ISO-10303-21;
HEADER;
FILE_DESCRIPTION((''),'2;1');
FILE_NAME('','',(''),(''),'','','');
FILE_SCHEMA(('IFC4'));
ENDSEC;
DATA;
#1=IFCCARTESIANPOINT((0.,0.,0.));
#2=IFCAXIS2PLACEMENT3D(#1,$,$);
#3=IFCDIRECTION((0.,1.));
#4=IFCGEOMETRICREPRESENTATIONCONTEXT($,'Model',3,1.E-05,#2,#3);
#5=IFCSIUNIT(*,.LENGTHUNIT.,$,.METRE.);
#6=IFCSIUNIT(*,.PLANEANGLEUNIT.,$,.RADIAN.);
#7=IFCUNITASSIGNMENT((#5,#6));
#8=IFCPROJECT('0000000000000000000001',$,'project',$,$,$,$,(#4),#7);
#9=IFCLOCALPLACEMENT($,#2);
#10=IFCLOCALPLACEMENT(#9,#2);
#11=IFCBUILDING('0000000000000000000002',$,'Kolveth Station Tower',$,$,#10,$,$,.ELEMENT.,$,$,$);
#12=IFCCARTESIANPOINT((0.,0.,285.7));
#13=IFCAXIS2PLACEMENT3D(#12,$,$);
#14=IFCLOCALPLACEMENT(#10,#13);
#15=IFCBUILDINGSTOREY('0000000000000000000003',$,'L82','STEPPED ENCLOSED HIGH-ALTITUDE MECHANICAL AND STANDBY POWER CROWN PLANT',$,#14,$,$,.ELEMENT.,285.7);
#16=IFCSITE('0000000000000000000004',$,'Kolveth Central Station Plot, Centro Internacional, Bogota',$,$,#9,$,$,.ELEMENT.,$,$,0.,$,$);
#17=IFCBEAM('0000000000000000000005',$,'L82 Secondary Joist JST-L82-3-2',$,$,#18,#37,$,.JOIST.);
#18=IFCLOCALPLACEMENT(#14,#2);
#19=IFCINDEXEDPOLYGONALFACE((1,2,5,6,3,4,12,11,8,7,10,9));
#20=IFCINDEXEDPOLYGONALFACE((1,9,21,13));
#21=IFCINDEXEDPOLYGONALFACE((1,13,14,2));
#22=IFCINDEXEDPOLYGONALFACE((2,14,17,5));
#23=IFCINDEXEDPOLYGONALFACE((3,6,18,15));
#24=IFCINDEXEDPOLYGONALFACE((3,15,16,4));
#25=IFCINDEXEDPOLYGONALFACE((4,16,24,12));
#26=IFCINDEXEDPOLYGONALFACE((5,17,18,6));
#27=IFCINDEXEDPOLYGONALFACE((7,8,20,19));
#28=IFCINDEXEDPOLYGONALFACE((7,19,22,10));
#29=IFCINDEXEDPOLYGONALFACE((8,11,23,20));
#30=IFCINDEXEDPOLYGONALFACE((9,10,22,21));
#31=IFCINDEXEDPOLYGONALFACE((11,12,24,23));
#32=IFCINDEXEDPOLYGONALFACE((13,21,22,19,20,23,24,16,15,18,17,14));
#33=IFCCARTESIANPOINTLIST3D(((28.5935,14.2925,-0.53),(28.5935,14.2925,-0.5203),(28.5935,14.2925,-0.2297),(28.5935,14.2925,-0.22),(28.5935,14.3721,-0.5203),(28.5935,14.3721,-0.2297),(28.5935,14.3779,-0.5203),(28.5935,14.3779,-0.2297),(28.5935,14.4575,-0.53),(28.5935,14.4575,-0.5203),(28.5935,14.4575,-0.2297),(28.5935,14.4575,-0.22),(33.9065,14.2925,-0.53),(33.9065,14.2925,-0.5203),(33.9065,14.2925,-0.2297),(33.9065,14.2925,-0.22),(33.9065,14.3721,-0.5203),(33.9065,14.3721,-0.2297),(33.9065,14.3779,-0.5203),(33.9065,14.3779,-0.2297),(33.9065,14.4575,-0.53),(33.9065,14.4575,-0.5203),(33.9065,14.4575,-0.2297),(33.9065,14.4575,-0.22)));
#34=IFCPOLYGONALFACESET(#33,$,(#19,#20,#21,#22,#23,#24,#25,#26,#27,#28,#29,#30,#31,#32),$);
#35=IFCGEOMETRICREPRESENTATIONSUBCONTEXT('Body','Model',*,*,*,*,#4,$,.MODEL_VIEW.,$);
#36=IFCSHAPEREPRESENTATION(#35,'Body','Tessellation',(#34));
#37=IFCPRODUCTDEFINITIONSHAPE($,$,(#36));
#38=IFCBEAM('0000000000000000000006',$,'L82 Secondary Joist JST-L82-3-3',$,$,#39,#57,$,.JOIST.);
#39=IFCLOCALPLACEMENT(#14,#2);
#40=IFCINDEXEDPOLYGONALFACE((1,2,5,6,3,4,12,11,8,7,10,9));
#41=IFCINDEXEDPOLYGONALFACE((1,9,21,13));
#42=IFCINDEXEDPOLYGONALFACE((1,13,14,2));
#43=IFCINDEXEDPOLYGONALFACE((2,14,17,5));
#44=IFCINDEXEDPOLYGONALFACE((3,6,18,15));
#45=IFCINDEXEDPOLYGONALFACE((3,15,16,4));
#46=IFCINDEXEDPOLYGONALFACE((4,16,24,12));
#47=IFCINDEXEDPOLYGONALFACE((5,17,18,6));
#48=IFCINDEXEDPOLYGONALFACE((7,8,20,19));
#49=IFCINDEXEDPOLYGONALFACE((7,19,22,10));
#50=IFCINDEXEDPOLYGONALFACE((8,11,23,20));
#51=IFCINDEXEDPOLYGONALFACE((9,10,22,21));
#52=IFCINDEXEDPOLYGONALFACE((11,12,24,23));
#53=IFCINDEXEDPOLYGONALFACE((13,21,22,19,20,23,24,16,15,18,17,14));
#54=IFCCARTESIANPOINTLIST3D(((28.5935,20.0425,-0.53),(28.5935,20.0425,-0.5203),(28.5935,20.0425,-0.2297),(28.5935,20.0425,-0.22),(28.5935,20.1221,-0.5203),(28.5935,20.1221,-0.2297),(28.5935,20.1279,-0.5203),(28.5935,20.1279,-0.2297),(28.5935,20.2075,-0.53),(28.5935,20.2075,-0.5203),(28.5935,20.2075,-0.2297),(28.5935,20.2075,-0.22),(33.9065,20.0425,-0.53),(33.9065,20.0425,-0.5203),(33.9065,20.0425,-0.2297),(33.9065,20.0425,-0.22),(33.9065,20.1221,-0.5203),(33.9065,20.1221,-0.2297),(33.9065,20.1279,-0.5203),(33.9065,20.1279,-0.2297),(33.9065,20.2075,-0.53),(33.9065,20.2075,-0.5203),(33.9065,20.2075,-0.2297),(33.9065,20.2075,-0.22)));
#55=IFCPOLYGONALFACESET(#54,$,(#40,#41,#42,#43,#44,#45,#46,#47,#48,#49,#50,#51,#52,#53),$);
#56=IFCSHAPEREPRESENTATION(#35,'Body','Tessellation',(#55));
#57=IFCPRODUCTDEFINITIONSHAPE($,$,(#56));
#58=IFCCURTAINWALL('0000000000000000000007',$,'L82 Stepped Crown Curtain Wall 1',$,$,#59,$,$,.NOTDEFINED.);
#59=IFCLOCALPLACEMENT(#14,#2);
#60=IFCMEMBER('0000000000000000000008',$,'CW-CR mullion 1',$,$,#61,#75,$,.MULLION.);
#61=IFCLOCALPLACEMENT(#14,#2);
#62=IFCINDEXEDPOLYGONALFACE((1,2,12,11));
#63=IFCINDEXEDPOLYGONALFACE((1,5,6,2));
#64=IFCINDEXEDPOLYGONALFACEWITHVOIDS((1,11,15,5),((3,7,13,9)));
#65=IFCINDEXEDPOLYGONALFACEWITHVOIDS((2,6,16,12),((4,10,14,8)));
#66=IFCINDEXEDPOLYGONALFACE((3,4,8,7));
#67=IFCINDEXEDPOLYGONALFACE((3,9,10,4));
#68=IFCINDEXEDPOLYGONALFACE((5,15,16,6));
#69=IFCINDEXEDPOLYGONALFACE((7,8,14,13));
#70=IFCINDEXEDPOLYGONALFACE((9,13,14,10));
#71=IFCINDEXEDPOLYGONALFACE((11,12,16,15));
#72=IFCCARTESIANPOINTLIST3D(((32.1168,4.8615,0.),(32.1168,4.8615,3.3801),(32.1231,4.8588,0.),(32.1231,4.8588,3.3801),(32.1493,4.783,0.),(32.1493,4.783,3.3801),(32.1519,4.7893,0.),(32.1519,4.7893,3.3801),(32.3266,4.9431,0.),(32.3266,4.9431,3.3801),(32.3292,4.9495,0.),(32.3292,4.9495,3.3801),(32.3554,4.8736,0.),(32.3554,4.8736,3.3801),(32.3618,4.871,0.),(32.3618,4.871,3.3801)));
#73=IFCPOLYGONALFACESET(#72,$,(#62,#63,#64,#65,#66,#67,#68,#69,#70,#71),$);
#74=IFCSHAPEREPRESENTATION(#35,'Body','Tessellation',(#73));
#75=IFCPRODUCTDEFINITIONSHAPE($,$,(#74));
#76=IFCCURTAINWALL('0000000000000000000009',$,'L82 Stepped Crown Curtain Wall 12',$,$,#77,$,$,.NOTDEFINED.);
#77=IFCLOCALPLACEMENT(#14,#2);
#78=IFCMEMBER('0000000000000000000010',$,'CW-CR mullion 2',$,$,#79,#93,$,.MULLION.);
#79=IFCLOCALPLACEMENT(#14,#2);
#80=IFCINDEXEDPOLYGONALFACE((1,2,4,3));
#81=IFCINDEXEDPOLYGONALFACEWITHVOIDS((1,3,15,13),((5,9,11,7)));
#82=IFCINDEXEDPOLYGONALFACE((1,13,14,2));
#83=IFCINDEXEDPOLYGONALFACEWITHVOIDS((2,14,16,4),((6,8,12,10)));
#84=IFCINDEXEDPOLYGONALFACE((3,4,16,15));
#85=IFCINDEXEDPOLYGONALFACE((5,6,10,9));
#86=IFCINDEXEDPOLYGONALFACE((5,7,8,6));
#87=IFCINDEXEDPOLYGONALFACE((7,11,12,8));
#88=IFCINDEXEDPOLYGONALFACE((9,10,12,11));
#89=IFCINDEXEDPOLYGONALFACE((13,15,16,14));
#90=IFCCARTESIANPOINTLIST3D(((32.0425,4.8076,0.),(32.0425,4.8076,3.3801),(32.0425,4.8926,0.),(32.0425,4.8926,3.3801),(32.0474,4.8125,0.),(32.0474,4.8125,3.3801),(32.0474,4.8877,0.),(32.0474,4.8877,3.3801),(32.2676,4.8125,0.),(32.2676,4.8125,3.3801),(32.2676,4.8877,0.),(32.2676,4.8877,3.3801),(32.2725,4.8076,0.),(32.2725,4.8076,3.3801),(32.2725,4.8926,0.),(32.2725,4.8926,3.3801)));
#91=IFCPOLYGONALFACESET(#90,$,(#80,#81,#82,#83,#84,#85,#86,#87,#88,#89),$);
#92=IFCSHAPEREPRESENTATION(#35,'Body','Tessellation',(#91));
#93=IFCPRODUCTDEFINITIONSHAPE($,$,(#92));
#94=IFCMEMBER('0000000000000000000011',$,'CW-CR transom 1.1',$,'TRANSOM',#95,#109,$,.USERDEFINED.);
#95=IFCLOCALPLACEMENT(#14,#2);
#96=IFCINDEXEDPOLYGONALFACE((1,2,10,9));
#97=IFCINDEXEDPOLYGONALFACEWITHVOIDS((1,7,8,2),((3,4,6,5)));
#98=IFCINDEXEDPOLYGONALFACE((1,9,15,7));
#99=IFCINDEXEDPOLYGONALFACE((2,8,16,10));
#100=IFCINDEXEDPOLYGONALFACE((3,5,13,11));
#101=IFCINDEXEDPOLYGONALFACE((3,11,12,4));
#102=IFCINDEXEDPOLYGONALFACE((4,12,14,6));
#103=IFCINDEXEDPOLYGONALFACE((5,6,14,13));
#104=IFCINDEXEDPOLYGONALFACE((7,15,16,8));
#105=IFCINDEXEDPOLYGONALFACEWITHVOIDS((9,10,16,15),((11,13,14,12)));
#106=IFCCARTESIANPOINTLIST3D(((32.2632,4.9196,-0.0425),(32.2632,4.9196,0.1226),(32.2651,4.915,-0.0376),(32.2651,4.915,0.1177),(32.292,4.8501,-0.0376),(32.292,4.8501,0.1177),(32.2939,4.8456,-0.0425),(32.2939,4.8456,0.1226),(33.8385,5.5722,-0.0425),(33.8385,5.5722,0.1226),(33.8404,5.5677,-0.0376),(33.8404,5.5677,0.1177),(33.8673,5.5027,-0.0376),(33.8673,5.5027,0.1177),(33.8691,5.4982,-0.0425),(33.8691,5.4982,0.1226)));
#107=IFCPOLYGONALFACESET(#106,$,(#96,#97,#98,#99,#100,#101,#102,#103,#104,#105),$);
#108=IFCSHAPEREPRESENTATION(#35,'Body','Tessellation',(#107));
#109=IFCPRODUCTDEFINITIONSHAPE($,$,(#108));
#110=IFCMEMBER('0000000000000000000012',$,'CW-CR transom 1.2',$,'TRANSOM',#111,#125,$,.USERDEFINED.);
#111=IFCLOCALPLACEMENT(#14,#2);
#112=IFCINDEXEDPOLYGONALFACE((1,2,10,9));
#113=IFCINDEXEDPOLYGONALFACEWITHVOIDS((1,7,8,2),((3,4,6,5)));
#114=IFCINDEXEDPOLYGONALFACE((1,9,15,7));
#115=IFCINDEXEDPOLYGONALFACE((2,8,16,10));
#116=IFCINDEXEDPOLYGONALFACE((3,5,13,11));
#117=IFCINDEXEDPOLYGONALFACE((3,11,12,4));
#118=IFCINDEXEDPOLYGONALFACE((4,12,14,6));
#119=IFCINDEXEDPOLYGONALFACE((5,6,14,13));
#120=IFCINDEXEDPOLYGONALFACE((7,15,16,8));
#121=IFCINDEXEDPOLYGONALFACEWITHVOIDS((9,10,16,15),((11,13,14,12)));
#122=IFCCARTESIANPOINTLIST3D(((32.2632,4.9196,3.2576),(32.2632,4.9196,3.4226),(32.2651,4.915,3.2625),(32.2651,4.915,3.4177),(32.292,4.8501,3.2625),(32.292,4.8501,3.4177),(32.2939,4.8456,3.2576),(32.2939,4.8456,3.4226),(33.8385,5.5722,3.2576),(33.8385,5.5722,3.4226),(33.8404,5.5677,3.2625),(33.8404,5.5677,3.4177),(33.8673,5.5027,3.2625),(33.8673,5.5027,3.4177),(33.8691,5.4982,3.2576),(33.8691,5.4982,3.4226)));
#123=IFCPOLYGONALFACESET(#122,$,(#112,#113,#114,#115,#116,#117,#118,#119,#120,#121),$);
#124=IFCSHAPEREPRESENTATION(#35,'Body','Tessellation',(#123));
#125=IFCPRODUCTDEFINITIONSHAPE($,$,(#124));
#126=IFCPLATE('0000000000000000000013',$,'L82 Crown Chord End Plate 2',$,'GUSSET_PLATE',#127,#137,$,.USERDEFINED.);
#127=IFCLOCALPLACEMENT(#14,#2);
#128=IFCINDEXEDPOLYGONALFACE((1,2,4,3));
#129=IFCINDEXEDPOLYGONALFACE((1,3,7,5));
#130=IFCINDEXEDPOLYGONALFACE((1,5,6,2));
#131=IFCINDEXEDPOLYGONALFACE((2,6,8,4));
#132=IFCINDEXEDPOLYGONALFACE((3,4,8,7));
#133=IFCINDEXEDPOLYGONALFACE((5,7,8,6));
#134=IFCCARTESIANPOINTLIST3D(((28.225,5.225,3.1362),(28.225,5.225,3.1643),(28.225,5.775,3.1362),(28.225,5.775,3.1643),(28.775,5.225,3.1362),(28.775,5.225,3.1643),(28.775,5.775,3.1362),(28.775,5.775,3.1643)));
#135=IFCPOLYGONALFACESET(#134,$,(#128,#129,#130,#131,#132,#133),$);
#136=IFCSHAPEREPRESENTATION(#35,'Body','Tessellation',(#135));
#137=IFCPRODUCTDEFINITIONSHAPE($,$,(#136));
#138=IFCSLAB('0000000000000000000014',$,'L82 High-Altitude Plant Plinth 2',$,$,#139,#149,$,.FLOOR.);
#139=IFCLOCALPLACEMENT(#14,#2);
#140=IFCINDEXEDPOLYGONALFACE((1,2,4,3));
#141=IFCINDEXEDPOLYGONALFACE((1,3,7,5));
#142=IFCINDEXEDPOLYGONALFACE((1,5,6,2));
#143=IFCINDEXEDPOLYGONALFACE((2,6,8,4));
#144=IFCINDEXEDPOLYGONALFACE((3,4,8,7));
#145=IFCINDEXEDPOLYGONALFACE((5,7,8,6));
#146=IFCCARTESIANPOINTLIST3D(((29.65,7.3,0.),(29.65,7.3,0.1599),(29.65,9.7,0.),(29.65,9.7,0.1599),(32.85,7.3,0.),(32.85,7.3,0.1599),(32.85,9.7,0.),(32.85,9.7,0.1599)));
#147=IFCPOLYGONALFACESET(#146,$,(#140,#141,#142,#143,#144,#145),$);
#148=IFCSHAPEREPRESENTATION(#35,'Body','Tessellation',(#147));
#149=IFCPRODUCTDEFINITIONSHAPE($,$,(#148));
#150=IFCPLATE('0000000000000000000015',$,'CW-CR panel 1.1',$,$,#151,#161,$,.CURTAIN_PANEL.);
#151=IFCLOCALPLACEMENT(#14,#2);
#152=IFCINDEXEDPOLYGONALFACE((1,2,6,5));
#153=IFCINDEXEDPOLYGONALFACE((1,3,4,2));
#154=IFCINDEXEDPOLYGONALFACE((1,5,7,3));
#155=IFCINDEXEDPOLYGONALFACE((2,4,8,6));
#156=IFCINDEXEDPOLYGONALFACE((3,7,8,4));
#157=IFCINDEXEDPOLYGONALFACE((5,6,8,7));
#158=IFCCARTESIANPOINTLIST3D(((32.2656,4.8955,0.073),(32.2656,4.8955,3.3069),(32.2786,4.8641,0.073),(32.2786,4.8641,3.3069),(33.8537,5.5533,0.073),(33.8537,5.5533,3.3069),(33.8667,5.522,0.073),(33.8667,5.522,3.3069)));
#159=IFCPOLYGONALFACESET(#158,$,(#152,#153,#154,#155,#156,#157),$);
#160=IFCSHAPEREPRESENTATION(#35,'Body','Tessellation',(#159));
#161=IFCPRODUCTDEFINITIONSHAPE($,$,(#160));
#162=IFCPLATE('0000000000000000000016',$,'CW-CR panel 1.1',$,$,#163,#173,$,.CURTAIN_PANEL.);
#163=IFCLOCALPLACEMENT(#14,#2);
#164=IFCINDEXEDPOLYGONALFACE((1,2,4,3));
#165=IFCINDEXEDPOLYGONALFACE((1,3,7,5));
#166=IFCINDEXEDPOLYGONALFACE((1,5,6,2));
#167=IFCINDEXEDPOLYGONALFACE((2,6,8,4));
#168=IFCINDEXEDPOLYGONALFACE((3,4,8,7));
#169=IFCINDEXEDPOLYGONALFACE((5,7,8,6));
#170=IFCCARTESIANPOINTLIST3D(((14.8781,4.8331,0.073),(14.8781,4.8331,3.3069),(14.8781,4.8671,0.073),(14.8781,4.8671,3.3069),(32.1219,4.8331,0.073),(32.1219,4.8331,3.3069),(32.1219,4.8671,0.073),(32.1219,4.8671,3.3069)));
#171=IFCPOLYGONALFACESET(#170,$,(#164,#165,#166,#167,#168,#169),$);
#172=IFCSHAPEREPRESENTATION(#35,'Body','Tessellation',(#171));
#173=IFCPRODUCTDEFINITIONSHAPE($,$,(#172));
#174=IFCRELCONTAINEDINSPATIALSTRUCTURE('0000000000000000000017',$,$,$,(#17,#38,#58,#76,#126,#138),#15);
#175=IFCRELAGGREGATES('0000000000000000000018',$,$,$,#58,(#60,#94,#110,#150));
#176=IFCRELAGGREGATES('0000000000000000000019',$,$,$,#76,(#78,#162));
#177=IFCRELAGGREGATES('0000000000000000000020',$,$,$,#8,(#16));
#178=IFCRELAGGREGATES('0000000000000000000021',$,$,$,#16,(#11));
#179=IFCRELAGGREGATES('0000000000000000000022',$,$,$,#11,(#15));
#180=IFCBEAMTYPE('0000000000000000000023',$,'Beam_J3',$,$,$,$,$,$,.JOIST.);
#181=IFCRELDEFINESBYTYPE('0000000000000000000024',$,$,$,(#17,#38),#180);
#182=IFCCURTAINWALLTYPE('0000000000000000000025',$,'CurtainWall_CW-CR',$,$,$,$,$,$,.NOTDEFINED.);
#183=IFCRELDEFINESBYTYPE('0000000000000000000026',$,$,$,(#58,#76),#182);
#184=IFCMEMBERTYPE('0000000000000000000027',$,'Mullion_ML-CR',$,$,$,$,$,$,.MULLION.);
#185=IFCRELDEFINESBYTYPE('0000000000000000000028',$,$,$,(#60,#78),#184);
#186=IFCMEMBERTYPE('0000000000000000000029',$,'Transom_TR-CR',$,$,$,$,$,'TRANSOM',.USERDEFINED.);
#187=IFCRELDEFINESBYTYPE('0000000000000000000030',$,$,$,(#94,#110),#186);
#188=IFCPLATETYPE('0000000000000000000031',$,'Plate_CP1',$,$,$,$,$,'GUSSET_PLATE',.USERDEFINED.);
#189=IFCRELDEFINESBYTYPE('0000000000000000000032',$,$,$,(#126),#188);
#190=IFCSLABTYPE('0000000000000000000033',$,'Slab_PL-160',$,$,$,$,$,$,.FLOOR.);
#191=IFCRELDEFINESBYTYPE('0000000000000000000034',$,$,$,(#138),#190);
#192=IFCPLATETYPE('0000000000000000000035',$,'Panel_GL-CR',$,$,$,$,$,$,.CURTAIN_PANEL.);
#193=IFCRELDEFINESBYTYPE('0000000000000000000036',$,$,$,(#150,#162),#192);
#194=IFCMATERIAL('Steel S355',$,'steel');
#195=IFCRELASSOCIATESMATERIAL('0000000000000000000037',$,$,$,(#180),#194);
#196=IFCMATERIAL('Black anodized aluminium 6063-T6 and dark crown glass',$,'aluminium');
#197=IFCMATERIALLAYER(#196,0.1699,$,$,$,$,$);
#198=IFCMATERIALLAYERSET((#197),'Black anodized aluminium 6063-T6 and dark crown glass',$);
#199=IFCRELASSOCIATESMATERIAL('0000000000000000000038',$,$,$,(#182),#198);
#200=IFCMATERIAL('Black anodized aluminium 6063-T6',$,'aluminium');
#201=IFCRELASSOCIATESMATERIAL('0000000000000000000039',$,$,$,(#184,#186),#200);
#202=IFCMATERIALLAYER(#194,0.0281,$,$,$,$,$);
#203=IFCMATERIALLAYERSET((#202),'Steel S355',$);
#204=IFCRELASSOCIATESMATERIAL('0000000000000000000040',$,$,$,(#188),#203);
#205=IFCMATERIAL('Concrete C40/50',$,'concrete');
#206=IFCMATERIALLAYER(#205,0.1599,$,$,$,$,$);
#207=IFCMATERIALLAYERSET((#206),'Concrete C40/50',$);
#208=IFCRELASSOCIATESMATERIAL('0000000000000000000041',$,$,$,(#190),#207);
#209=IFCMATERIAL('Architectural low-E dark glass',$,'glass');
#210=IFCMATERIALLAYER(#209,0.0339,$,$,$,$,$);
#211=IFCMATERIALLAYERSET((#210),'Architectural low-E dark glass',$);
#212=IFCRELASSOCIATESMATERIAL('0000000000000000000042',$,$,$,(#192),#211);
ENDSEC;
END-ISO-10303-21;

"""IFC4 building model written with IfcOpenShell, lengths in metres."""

from ifc_helpers import new_model, si_unit, direction, frame, origin, origin_2d, place, context, subcontext, project, spatial, rectangle, hollow_rectangle, i_section, extrude, source, transform, mapped, material, layer, layer_set, material_profile, profile_set, type_object, element, aggregate, save


model = new_model("IFC4")

# Units and contexts
model_context = context("Model", 3, precision=1e-05, world=origin(), true_north=direction((0.0, 1.0)))
body_context = subcontext(model_context, "Body", "Model", "MODEL_VIEW")
ifc_project = project(units=[si_unit("LENGTHUNIT", "METRE"), si_unit("PLANEANGLEUNIT", "RADIAN")], contexts=[model_context])

# Site, building, storey
site_placement = place(None, origin())
site = spatial("IfcSite", under=ifc_project, at=site_placement, Name="Kolveth Central Station Plot, Centro Internacional, Bogota", CompositionType="ELEMENT", RefElevation=0.0)
building_placement = place(site_placement, origin())
building = spatial("IfcBuilding", under=site, at=building_placement, Name="Kolveth Station Tower", CompositionType="ELEMENT")
storey_placement = place(building_placement, frame((0.0, 0.0, 285.7)))
storey = spatial("IfcBuildingStorey", under=building, at=storey_placement, Name="L82", Description="STEPPED ENCLOSED HIGH-ALTITUDE MECHANICAL AND STANDBY POWER CROWN PLANT", CompositionType="ELEMENT", Elevation=285.7)

# Shared definitions
ifc_material_1 = material(Name="Steel S355", Category="steel")

# Beams
ifc_material_profile_1 = material_profile(ifc_material_1, i_section(OverallWidth=0.165, OverallDepth=0.3101, WebThickness=0.0059, FlangeThickness=0.0098, at=origin_2d()), Name="W310x39")
ifc_profile_set_1 = profile_set([ifc_material_profile_1], Name="Steel S355")
beam_type_1 = type_object("IfcBeamType", Name="Beam_J3", PredefinedType="JOIST", material=ifc_profile_set_1)
shared_shape_1 = source(origin(), body_context, "Body", "SweptSolid", [
    extrude(i_section(OverallWidth=0.165, OverallDepth=0.3101, WebThickness=0.0059, FlangeThickness=0.0098, at=origin_2d()), origin(), (0.0, 0.0, 1.0), 5.313),
])
for number, where, z_axis, x_axis, name in (
    (1, (28.5935, 14.375, -0.375), (1.0, 0.0, 0.0), (0.0, 1.0, 0.0), "L82 Secondary Joist JST-L82-3-2"),
    (2, (28.5935, 20.125, -0.375), (1.0, 0.0, 0.0), (0.0, 1.0, 0.0), "L82 Secondary Joist JST-L82-3-3"),
):
    element("IfcBeam", number, at=place(storey_placement, frame(where, z_axis=z_axis, x_axis=x_axis)), inside=storey, type_object=beam_type_1, Name=name, PredefinedType="JOIST", context=body_context, shape_type="MappedRepresentation", body=[
        mapped(shared_shape_1, transform((0.0, 0.0, 0.0), x_axis=(1.0, 0.0, 0.0), y_axis=(0.0, 1.0, 0.0), z_axis=(0.0, 0.0, 1.0), scale=1.0)),
    ])

# Curtain walls, members
ifc_material_2 = material(Name="Black anodized aluminium 6063-T6 and dark crown glass", Category="aluminium")
ifc_layer_1 = layer(ifc_material_2, 0.1699)
ifc_layer_set_1 = layer_set([ifc_layer_1], Name="Black anodized aluminium 6063-T6 and dark crown glass")
curtain_wall_type = type_object("IfcCurtainWallType", Name="CurtainWall_CW-CR", PredefinedType="NOTDEFINED", material=ifc_layer_set_1)
curtain_wall_1_placement = place(storey_placement, origin())
curtain_wall_1 = element("IfcCurtainWall", 3, at=curtain_wall_1_placement, inside=storey, type_object=curtain_wall_type, Name="L82 Stepped Crown Curtain Wall 1", PredefinedType="NOTDEFINED")
ifc_material_3 = material(Name="Black anodized aluminium 6063-T6", Category="aluminium")
ifc_material_profile_2 = material_profile(ifc_material_3, hollow_rectangle(XDim=0.085, YDim=0.23, WallThickness=0.0049, at=origin_2d()), Name="ALU-85x230x5")
ifc_profile_set_2 = profile_set([ifc_material_profile_2], Name="Black anodized aluminium 6063-T6")
member_type_1 = type_object("IfcMemberType", Name="Mullion_ML-CR", PredefinedType="MULLION", material=ifc_profile_set_2)
shared_shape_2 = source(origin(), body_context, "Body", "SweptSolid", [
    extrude(hollow_rectangle(XDim=0.085, YDim=0.23, WallThickness=0.0049, at=origin_2d()), origin(), (0.0, 0.0, 1.0), 3.3801),
])
member_1_placement = place(storey_placement, frame((32.2393, 4.8662, 0.0), z_axis=(0.0, 0.0, 1.0), x_axis=(-0.382691, 0.923876, 0.0)))
member_1 = element("IfcMember", 4, at=member_1_placement, type_object=member_type_1, Name="CW-CR mullion 1", PredefinedType="MULLION", context=body_context, shape_type="MappedRepresentation", body=[
    mapped(shared_shape_2, transform((0.0, 0.0, 0.0), x_axis=(1.0, 0.0, 0.0), y_axis=(0.0, 1.0, 0.0), z_axis=(0.0, 0.0, 1.0), scale=1.0)),
])
curtain_wall_2_placement = place(storey_placement, origin())
curtain_wall_2 = element("IfcCurtainWall", 5, at=curtain_wall_2_placement, inside=storey, type_object=curtain_wall_type, Name="L82 Stepped Crown Curtain Wall 12", PredefinedType="NOTDEFINED")
member_2_placement = place(storey_placement, frame((32.1575, 4.8501, 0.0), z_axis=(0.0, 0.0, 1.0), x_axis=(0.0, 1.0, 0.0)))
member_2 = element("IfcMember", 6, at=member_2_placement, type_object=member_type_1, Name="CW-CR mullion 2", PredefinedType="MULLION", context=body_context, shape_type="MappedRepresentation", body=[
    mapped(shared_shape_2, transform((0.0, 0.0, 0.0), x_axis=(1.0, 0.0, 0.0), y_axis=(0.0, 1.0, 0.0), z_axis=(0.0, 0.0, 1.0), scale=1.0)),
])

# Members
ifc_material_profile_3 = material_profile(ifc_material_3, hollow_rectangle(XDim=0.0801, YDim=0.165, WallThickness=0.0049, at=origin_2d()), Name="ALU-80x165x5")
ifc_profile_set_3 = profile_set([ifc_material_profile_3], Name="Black anodized aluminium 6063-T6")
member_type_2 = type_object("IfcMemberType", Name="Transom_TR-CR", ElementType="TRANSOM", PredefinedType="USERDEFINED", material=ifc_profile_set_3)
shared_shape_3 = source(origin(), body_context, "Body", "SweptSolid", [
    extrude(hollow_rectangle(XDim=0.0801, YDim=0.165, WallThickness=0.0049, at=origin_2d()), origin(), (0.0, 0.0, 1.0), 1.7051),
])
member_3_placement = place(storey_placement, frame((32.2786, 4.8826, 0.04), z_axis=(0.923855, 0.382744, 0.0), x_axis=(-0.382744, 0.923855, 0.0)))
member_3 = element("IfcMember", 7, at=member_3_placement, type_object=member_type_2, Name="CW-CR transom 1.1", ObjectType="TRANSOM", PredefinedType="USERDEFINED", context=body_context, shape_type="MappedRepresentation", body=[
    mapped(shared_shape_3, transform((0.0, 0.0, 0.0), x_axis=(1.0, 0.0, 0.0), y_axis=(0.0, 1.0, 0.0), z_axis=(0.0, 0.0, 1.0), scale=1.0)),
])
member_4_placement = place(storey_placement, frame((32.2786, 4.8826, 3.3401), z_axis=(0.923855, 0.382744, 0.0), x_axis=(-0.382744, 0.923855, 0.0)))
member_4 = element("IfcMember", 8, at=member_4_placement, type_object=member_type_2, Name="CW-CR transom 1.2", ObjectType="TRANSOM", PredefinedType="USERDEFINED", context=body_context, shape_type="MappedRepresentation", body=[
    mapped(shared_shape_3, transform((0.0, 0.0, 0.0), x_axis=(1.0, 0.0, 0.0), y_axis=(0.0, 1.0, 0.0), z_axis=(0.0, 0.0, 1.0), scale=1.0)),
])

# Plate
ifc_layer_2 = layer(ifc_material_1, 0.0281)
ifc_layer_set_2 = layer_set([ifc_layer_2], Name="Steel S355")
plate_type_1 = type_object("IfcPlateType", Name="Plate_CP1", ElementType="GUSSET_PLATE", PredefinedType="USERDEFINED", material=ifc_layer_set_2)
shared_shape_4 = source(origin(), body_context, "Body", "SweptSolid", [
    extrude(rectangle(XDim=0.55, YDim=0.55, at=origin_2d()), origin(), (0.0, 0.0, 1.0), 0.0281),
])
plate_1_placement = place(storey_placement, frame((28.5, 5.5, 3.1362), z_axis=(0.0, 0.0, 1.0), x_axis=(1.0, 0.0, 0.0)))
element("IfcPlate", 9, at=plate_1_placement, inside=storey, type_object=plate_type_1, Name="L82 Crown Chord End Plate 2", ObjectType="GUSSET_PLATE", PredefinedType="USERDEFINED", context=body_context, shape_type="MappedRepresentation", body=[
    mapped(shared_shape_4, transform((0.0, 0.0, 0.0), x_axis=(1.0, 0.0, 0.0), y_axis=(0.0, 1.0, 0.0), z_axis=(0.0, 0.0, 1.0), scale=1.0)),
])

# Slab
ifc_material_4 = material(Name="Concrete C40/50", Category="concrete")
ifc_layer_3 = layer(ifc_material_4, 0.1599)
ifc_layer_set_3 = layer_set([ifc_layer_3], Name="Concrete C40/50")
slab_type = type_object("IfcSlabType", Name="Slab_PL-160", PredefinedType="FLOOR", material=ifc_layer_set_3)
shared_shape_5 = source(origin(), body_context, "Body", "SweptSolid", [
    extrude(rectangle(XDim=3.2, YDim=2.3999, at=origin_2d()), origin(), (0.0, 0.0, 1.0), 0.1599),
])
slab_placement = place(storey_placement, frame((31.25, 8.5, 0.0), z_axis=(0.0, 0.0, 1.0), x_axis=(1.0, 0.0, 0.0)))
element("IfcSlab", 10, at=slab_placement, inside=storey, type_object=slab_type, Name="L82 High-Altitude Plant Plinth 2", PredefinedType="FLOOR", context=body_context, shape_type="MappedRepresentation", body=[
    mapped(shared_shape_5, transform((0.0, 0.0, 0.0), x_axis=(1.0, 0.0, 0.0), y_axis=(0.0, 1.0, 0.0), z_axis=(0.0, 0.0, 1.0), scale=1.0)),
])

# Plates
ifc_material_5 = material(Name="Architectural low-E dark glass", Category="glass")
ifc_layer_4 = layer(ifc_material_5, 0.0339)
ifc_layer_set_4 = layer_set([ifc_layer_4], Name="Architectural low-E dark glass")
plate_type_2 = type_object("IfcPlateType", Name="Panel_GL-CR", PredefinedType="CURTAIN_PANEL", material=ifc_layer_set_4)
shared_shape_6 = source(origin(), body_context, "Body", "SweptSolid", [
    extrude(rectangle(XDim=1.719, YDim=0.0339, at=origin_2d()), origin(), (0.0, 0.0, 1.0), 3.2339),
])
plate_2_placement = place(storey_placement, frame((33.0662, 5.2087, 0.073), z_axis=(0.0, 0.0, 1.0), x_axis=(0.923876, 0.382691, 0.0)))
plate_2 = element("IfcPlate", 11, at=plate_2_placement, type_object=plate_type_2, Name="CW-CR panel 1.1", PredefinedType="CURTAIN_PANEL", context=body_context, shape_type="MappedRepresentation", body=[
    mapped(shared_shape_6, transform((0.0, 0.0, 0.0), x_axis=(1.0, 0.0, 0.0), y_axis=(0.0, 1.0, 0.0), z_axis=(0.0, 0.0, 1.0), scale=1.0)),
])
aggregate(curtain_wall_1, [member_1, member_3, member_4, plate_2])
shared_shape_7 = source(origin(), body_context, "Body", "SweptSolid", [
    extrude(rectangle(XDim=17.2439, YDim=0.0339, at=origin_2d()), origin(), (0.0, 0.0, 1.0), 3.2339),
])
plate_3_placement = place(storey_placement, frame((23.5, 4.8501, 0.073), z_axis=(0.0, 0.0, 1.0), x_axis=(1.0, 0.0, 0.0)))
plate_3 = element("IfcPlate", 12, at=plate_3_placement, type_object=plate_type_2, Name="CW-CR panel 1.1", PredefinedType="CURTAIN_PANEL", context=body_context, shape_type="MappedRepresentation", body=[
    mapped(shared_shape_7, transform((0.0, 0.0, 0.0), x_axis=(1.0, 0.0, 0.0), y_axis=(0.0, 1.0, 0.0), z_axis=(0.0, 0.0, 1.0), scale=1.0)),
])
aggregate(curtain_wall_2, [member_2, plate_3])

save(model, "model.ifc")
